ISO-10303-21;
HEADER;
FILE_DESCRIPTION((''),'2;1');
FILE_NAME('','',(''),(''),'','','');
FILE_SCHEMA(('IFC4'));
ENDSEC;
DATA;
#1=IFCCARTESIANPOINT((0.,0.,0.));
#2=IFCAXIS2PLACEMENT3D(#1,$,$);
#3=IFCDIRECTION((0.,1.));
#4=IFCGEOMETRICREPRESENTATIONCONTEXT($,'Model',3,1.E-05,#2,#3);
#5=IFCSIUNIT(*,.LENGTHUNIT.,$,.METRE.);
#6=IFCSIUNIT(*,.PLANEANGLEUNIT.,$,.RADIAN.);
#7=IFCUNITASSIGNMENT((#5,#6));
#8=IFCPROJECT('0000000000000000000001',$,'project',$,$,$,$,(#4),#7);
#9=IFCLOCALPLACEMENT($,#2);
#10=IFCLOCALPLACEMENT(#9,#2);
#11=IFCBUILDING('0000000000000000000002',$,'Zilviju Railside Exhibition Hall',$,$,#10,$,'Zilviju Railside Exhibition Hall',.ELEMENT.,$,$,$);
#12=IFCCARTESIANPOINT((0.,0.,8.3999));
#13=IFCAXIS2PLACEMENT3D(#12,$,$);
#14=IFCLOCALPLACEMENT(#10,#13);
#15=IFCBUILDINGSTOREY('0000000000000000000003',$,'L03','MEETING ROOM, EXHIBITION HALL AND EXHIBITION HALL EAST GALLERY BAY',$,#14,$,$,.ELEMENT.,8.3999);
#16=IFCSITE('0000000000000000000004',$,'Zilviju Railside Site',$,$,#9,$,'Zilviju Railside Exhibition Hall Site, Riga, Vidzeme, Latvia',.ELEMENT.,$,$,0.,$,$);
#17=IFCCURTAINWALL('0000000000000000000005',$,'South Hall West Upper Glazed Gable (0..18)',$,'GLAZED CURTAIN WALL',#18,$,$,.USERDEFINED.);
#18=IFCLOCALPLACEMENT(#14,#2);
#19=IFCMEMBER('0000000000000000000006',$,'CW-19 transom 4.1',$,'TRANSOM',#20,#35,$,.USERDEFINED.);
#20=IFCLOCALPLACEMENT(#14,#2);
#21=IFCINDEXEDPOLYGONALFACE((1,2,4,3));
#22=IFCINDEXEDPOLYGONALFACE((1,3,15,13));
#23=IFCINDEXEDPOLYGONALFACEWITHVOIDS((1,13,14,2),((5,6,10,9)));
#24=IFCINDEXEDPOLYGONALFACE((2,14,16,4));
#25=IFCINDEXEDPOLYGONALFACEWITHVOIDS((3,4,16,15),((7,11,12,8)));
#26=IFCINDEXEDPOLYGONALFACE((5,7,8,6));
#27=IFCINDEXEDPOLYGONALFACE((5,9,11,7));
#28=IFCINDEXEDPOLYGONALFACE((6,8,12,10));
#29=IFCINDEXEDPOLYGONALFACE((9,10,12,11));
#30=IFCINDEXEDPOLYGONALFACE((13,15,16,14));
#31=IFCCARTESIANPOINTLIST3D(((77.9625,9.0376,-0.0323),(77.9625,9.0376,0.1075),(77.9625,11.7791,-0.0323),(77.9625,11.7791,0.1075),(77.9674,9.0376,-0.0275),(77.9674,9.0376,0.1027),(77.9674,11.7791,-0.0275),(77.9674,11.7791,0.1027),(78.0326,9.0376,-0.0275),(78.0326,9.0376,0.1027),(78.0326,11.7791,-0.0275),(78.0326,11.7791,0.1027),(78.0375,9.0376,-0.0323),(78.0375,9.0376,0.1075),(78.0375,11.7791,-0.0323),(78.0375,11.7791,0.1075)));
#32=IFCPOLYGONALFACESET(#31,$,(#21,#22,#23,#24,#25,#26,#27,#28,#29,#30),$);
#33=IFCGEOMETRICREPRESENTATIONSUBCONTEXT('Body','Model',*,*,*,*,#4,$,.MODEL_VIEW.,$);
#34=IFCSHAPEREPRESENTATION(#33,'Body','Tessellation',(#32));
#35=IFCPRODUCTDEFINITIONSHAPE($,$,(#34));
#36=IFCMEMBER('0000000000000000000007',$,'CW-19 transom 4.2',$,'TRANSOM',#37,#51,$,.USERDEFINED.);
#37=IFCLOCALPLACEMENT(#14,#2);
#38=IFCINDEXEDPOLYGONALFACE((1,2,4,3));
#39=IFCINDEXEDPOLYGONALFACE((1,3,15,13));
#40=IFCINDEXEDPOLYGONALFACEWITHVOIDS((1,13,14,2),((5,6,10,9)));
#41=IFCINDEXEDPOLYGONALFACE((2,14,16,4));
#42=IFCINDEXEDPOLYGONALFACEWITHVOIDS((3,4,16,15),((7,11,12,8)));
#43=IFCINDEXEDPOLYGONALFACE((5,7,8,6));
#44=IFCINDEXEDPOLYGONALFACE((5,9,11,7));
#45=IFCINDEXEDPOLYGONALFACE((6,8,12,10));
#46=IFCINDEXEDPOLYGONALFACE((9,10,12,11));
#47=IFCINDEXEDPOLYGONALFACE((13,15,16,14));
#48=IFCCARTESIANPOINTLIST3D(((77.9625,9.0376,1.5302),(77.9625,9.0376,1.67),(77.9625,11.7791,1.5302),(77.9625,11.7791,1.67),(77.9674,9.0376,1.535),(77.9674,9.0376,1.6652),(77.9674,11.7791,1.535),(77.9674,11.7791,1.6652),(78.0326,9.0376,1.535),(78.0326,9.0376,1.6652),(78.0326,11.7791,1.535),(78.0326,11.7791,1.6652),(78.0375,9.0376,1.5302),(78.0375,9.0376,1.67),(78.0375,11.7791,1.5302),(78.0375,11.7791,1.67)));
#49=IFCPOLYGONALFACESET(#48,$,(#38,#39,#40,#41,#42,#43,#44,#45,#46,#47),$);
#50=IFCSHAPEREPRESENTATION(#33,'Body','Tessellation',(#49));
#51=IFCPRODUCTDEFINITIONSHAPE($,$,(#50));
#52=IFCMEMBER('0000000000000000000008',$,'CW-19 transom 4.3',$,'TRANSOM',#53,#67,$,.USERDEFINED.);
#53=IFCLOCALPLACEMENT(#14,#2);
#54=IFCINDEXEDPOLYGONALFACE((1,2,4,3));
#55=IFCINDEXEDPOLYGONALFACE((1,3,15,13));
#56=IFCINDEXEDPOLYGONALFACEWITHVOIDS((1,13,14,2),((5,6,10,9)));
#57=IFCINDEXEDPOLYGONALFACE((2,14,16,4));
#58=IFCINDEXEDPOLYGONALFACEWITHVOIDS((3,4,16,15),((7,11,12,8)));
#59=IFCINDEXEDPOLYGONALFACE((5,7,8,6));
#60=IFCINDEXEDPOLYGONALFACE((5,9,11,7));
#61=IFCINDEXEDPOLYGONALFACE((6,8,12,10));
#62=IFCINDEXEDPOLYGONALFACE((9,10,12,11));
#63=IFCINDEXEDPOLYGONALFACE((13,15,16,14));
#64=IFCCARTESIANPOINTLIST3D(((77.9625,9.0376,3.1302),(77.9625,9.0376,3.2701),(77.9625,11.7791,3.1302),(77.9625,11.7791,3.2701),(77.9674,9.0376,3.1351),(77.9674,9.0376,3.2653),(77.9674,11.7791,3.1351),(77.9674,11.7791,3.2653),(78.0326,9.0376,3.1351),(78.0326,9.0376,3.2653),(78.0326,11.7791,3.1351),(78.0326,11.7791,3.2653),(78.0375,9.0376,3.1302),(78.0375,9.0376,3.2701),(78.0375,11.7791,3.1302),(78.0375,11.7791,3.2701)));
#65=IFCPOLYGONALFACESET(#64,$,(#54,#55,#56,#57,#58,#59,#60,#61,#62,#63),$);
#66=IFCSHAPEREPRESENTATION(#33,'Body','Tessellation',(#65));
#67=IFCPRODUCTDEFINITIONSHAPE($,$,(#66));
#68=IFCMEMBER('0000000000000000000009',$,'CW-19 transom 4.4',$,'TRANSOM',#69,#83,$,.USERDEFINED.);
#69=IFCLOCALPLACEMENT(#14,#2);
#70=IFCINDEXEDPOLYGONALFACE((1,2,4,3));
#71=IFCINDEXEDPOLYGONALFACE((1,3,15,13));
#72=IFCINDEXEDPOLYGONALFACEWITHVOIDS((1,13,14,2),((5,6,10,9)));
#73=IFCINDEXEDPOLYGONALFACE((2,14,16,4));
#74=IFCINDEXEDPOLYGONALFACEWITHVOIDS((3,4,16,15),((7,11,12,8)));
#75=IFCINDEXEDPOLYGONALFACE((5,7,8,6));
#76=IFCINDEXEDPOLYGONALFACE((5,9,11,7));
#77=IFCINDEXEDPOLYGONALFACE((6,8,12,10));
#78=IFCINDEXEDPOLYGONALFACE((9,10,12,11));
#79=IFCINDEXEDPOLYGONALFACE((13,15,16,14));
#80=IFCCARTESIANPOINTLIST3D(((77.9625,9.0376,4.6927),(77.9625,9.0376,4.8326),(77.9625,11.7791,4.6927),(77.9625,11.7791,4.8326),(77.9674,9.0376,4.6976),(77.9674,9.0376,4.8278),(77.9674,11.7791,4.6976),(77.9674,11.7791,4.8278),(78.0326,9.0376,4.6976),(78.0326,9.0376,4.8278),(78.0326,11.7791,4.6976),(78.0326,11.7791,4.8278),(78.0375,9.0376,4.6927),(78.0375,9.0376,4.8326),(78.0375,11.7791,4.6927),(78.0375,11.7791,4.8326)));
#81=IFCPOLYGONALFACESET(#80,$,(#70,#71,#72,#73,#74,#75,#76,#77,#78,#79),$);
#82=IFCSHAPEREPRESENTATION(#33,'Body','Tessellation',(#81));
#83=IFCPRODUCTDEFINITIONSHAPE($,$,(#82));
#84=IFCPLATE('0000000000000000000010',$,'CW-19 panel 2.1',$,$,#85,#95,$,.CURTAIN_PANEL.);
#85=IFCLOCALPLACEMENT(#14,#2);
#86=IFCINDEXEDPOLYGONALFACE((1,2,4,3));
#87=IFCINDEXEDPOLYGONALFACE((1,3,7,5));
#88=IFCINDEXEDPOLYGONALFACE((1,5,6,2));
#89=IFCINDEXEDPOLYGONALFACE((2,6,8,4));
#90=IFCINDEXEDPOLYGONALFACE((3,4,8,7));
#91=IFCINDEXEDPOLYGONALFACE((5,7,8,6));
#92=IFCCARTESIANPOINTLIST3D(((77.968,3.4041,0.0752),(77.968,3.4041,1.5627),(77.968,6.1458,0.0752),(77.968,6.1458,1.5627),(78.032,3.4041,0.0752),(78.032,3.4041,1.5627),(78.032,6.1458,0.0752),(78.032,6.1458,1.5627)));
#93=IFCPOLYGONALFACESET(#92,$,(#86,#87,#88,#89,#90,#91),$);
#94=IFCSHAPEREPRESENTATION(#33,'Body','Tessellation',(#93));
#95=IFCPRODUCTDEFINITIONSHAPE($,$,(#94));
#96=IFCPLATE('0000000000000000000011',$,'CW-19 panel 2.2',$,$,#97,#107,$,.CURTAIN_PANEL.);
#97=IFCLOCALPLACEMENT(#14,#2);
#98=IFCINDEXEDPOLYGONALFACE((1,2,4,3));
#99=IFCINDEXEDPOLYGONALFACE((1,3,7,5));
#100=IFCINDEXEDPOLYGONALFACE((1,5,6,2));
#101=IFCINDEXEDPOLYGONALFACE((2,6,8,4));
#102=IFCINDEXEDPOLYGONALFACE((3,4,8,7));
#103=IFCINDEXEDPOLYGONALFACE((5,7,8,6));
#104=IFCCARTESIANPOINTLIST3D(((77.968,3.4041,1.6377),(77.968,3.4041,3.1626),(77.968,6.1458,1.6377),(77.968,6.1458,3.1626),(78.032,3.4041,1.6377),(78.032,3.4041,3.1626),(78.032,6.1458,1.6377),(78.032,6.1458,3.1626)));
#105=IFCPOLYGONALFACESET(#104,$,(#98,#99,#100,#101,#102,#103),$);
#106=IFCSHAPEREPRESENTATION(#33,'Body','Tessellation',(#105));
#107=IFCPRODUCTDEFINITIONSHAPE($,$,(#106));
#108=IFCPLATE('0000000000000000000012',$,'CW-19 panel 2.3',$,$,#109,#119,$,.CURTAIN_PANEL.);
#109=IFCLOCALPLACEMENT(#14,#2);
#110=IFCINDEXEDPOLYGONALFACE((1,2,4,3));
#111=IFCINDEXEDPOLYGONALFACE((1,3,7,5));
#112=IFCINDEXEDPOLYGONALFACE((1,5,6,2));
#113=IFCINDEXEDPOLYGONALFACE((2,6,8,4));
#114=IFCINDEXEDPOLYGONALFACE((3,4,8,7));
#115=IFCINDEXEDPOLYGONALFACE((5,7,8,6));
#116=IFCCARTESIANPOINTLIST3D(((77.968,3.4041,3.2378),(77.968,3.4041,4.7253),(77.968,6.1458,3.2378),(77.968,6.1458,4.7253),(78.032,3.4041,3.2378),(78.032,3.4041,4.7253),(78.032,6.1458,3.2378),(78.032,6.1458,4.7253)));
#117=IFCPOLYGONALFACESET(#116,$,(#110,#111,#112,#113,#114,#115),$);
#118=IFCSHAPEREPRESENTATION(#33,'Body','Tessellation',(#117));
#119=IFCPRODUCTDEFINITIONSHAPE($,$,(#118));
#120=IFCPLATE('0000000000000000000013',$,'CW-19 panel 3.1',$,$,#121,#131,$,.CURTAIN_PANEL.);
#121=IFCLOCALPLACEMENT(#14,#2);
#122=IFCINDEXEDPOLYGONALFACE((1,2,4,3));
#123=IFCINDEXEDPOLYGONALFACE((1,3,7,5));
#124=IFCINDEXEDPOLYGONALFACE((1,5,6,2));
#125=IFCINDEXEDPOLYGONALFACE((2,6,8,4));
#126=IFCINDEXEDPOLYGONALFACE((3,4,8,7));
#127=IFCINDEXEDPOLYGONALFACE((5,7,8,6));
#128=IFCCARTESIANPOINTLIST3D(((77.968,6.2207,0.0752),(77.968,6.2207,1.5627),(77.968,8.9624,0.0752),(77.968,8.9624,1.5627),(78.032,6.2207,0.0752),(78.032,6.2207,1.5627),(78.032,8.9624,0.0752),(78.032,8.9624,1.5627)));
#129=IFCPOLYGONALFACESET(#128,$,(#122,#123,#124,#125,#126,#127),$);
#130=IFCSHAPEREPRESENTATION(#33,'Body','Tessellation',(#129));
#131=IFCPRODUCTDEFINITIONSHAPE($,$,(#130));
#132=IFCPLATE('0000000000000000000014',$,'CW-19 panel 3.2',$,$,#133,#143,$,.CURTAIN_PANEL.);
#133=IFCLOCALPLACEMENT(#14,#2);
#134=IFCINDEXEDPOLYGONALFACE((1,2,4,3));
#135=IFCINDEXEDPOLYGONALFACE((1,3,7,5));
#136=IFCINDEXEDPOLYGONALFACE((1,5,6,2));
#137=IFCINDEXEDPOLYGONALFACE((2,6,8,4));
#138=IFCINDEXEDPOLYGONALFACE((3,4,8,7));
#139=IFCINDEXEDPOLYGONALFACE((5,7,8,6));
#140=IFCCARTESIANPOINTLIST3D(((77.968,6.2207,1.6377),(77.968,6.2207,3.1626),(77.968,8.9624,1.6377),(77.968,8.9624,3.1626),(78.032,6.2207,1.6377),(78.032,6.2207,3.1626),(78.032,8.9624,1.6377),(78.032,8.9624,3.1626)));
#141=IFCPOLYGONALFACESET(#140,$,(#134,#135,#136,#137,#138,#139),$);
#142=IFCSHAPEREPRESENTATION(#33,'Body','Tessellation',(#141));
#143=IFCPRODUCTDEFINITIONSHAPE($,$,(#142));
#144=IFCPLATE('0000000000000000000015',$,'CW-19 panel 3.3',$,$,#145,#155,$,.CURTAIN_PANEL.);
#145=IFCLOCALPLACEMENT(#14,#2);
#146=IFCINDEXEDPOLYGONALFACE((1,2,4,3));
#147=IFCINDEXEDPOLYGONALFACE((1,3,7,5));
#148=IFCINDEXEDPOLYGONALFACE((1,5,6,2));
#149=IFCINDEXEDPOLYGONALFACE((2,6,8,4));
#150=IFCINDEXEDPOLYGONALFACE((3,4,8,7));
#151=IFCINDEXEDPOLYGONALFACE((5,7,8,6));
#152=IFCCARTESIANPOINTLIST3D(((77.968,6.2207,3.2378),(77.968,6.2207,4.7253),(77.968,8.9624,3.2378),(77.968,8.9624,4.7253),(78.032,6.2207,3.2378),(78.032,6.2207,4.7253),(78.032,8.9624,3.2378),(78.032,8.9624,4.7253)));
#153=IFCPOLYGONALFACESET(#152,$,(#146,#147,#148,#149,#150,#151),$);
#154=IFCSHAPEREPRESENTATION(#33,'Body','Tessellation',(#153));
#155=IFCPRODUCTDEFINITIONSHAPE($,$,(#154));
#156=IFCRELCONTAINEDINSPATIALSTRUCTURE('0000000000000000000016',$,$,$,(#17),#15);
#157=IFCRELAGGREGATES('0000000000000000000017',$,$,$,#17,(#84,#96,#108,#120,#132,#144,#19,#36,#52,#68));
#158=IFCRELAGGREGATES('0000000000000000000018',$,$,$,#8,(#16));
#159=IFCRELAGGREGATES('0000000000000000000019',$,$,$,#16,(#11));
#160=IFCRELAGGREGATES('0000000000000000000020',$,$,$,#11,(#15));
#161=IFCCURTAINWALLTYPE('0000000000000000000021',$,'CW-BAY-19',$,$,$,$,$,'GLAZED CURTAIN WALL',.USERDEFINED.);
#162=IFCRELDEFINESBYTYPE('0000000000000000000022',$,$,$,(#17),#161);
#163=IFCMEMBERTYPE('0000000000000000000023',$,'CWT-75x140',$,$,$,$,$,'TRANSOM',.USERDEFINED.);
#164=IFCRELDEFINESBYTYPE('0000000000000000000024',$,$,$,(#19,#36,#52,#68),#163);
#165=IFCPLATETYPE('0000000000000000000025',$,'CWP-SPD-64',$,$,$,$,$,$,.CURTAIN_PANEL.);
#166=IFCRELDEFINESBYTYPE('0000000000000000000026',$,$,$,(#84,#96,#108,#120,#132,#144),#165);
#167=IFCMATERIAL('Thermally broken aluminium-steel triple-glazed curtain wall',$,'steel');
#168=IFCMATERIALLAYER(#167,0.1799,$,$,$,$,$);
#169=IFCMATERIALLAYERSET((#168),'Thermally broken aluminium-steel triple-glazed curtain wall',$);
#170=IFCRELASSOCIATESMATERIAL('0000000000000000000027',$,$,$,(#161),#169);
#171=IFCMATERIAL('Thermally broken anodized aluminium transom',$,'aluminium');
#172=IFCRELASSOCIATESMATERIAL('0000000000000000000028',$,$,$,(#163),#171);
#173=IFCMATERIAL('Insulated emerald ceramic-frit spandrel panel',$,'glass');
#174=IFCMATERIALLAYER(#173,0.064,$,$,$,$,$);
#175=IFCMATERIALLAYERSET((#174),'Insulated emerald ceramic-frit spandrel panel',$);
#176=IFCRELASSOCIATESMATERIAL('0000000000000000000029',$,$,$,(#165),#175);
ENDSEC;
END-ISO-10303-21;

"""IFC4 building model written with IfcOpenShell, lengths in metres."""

from ifc_helpers import new_model, si_unit, direction, frame, origin, origin_2d, place, context, subcontext, project, spatial, rectangle, hollow_rectangle, extrude, material, layer, layer_set, material_profile, profile_set, type_object, element, aggregate, save


model = new_model("IFC4")

# Units and contexts
model_context = context("Model", 3, precision=1e-05, world=origin(), true_north=direction((0.0, 1.0)))
body_context = subcontext(model_context, "Body", "Model", "MODEL_VIEW")
ifc_project = project(units=[si_unit("LENGTHUNIT", "METRE"), si_unit("PLANEANGLEUNIT", "RADIAN")], contexts=[model_context])

# Site, building, storey
site_placement = place(None, origin())
site = spatial("IfcSite", under=ifc_project, at=site_placement, Name="Zilviju Railside Site", LongName="Zilviju Railside Exhibition Hall Site, Riga, Vidzeme, Latvia", CompositionType="ELEMENT", RefElevation=0.0)
building_placement = place(site_placement, origin())
building = spatial("IfcBuilding", under=site, at=building_placement, Name="Zilviju Railside Exhibition Hall", LongName="Zilviju Railside Exhibition Hall", CompositionType="ELEMENT")
storey_placement = place(building_placement, frame((0.0, 0.0, 8.3999)))
storey = spatial("IfcBuildingStorey", under=building, at=storey_placement, Name="L03", Description="MEETING ROOM, EXHIBITION HALL AND EXHIBITION HALL EAST GALLERY BAY", CompositionType="ELEMENT", Elevation=8.3999)

# Curtain wall, members, plates
ifc_material_1 = material(Name="Thermally broken aluminium-steel triple-glazed curtain wall", Category="steel")
ifc_layer_1 = layer(ifc_material_1, 0.1799)
ifc_layer_set_1 = layer_set([ifc_layer_1], Name="Thermally broken aluminium-steel triple-glazed curtain wall")
curtain_wall_type = type_object("IfcCurtainWallType", Name="CW-BAY-19", ElementType="GLAZED CURTAIN WALL", PredefinedType="USERDEFINED", material=ifc_layer_set_1)
curtain_wall_placement = place(storey_placement, origin())
curtain_wall = element("IfcCurtainWall", 1, at=curtain_wall_placement, inside=storey, type_object=curtain_wall_type, Name="South Hall West Upper Glazed Gable (0..18)", ObjectType="GLAZED CURTAIN WALL", PredefinedType="USERDEFINED")
ifc_material_2 = material(Name="Thermally broken anodized aluminium transom", Category="aluminium")
ifc_material_profile_1 = material_profile(ifc_material_2, hollow_rectangle(XDim=0.075, YDim=0.1399, WallThickness=0.0049, at=origin_2d()), Name="TRANSOM 140x75x5")
ifc_profile_set_1 = profile_set([ifc_material_profile_1], Name="Thermally broken anodized aluminium transom")
member_type_1 = type_object("IfcMemberType", Name="CWT-75x140", ElementType="TRANSOM", PredefinedType="USERDEFINED", material=ifc_profile_set_1)
member_1_placement = place(storey_placement, frame((78.0, 9.0376, 0.0376), z_axis=(0.0, 1.0, 0.0), x_axis=(-1.0, 0.0, 0.0)))
member_1 = element("IfcMember", 2, at=member_1_placement, type_object=member_type_1, Name="CW-19 transom 4.1", ObjectType="TRANSOM", PredefinedType="USERDEFINED", context=body_context, shape_type="SweptSolid", body=[
    extrude(hollow_rectangle(XDim=0.075, YDim=0.1399, WallThickness=0.0049, at=origin_2d()), origin(), (0.0, 0.0, 1.0), 2.7415),
])
member_2_placement = place(storey_placement, frame((78.0, 9.0376, 1.6001), z_axis=(0.0, 1.0, 0.0), x_axis=(-1.0, 0.0, 0.0)))
member_2 = element("IfcMember", 3, at=member_2_placement, type_object=member_type_1, Name="CW-19 transom 4.2", ObjectType="TRANSOM", PredefinedType="USERDEFINED", context=body_context, shape_type="SweptSolid", body=[
    extrude(hollow_rectangle(XDim=0.075, YDim=0.1399, WallThickness=0.0049, at=origin_2d()), origin(), (0.0, 0.0, 1.0), 2.7415),
])
member_3_placement = place(storey_placement, frame((78.0, 9.0376, 3.2002), z_axis=(0.0, 1.0, 0.0), x_axis=(-1.0, 0.0, 0.0)))
member_3 = element("IfcMember", 4, at=member_3_placement, type_object=member_type_1, Name="CW-19 transom 4.3", ObjectType="TRANSOM", PredefinedType="USERDEFINED", context=body_context, shape_type="SweptSolid", body=[
    extrude(hollow_rectangle(XDim=0.075, YDim=0.1399, WallThickness=0.0049, at=origin_2d()), origin(), (0.0, 0.0, 1.0), 2.7415),
])
member_4_placement = place(storey_placement, frame((78.0, 9.0376, 4.7627), z_axis=(0.0, 1.0, 0.0), x_axis=(-1.0, 0.0, 0.0)))
member_4 = element("IfcMember", 5, at=member_4_placement, type_object=member_type_1, Name="CW-19 transom 4.4", ObjectType="TRANSOM", PredefinedType="USERDEFINED", context=body_context, shape_type="SweptSolid", body=[
    extrude(hollow_rectangle(XDim=0.075, YDim=0.1399, WallThickness=0.0049, at=origin_2d()), origin(), (0.0, 0.0, 1.0), 2.7415),
])
ifc_material_3 = material(Name="Insulated emerald ceramic-frit spandrel panel", Category="glass")
ifc_layer_2 = layer(ifc_material_3, 0.064)
ifc_layer_set_2 = layer_set([ifc_layer_2], Name="Insulated emerald ceramic-frit spandrel panel")
plate_type = type_object("IfcPlateType", Name="CWP-SPD-64", PredefinedType="CURTAIN_PANEL", material=ifc_layer_set_2)
plate_1_placement = place(storey_placement, frame((78.0, 4.7749, 0.0752), z_axis=(0.0, 0.0, 1.0), x_axis=(0.0, 1.0, 0.0)))
plate_1 = element("IfcPlate", 6, at=plate_1_placement, type_object=plate_type, Name="CW-19 panel 2.1", PredefinedType="CURTAIN_PANEL", context=body_context, shape_type="SweptSolid", body=[
    extrude(rectangle(XDim=2.7417, YDim=0.064, at=origin_2d()), origin(), (0.0, 0.0, 1.0), 1.4875),
])
plate_2_placement = place(storey_placement, frame((78.0, 4.7749, 1.6377), z_axis=(0.0, 0.0, 1.0), x_axis=(0.0, 1.0, 0.0)))
plate_2 = element("IfcPlate", 7, at=plate_2_placement, type_object=plate_type, Name="CW-19 panel 2.2", PredefinedType="CURTAIN_PANEL", context=body_context, shape_type="SweptSolid", body=[
    extrude(rectangle(XDim=2.7417, YDim=0.064, at=origin_2d()), origin(), (0.0, 0.0, 1.0), 1.5249),
])
plate_3_placement = place(storey_placement, frame((78.0, 4.7749, 3.2378), z_axis=(0.0, 0.0, 1.0), x_axis=(0.0, 1.0, 0.0)))
plate_3 = element("IfcPlate", 8, at=plate_3_placement, type_object=plate_type, Name="CW-19 panel 2.3", PredefinedType="CURTAIN_PANEL", context=body_context, shape_type="SweptSolid", body=[
    extrude(rectangle(XDim=2.7417, YDim=0.064, at=origin_2d()), origin(), (0.0, 0.0, 1.0), 1.4875),
])
plate_4_placement = place(storey_placement, frame((78.0, 7.5916, 0.0752), z_axis=(0.0, 0.0, 1.0), x_axis=(0.0, 1.0, 0.0)))
plate_4 = element("IfcPlate", 9, at=plate_4_placement, type_object=plate_type, Name="CW-19 panel 3.1", PredefinedType="CURTAIN_PANEL", context=body_context, shape_type="SweptSolid", body=[
    extrude(rectangle(XDim=2.7417, YDim=0.064, at=origin_2d()), origin(), (0.0, 0.0, 1.0), 1.4875),
])
plate_5_placement = place(storey_placement, frame((78.0, 7.5916, 1.6377), z_axis=(0.0, 0.0, 1.0), x_axis=(0.0, 1.0, 0.0)))
plate_5 = element("IfcPlate", 10, at=plate_5_placement, type_object=plate_type, Name="CW-19 panel 3.2", PredefinedType="CURTAIN_PANEL", context=body_context, shape_type="SweptSolid", body=[
    extrude(rectangle(XDim=2.7417, YDim=0.064, at=origin_2d()), origin(), (0.0, 0.0, 1.0), 1.5249),
])
plate_6_placement = place(storey_placement, frame((78.0, 7.5916, 3.2378), z_axis=(0.0, 0.0, 1.0), x_axis=(0.0, 1.0, 0.0)))
plate_6 = element("IfcPlate", 11, at=plate_6_placement, type_object=plate_type, Name="CW-19 panel 3.3", PredefinedType="CURTAIN_PANEL", context=body_context, shape_type="SweptSolid", body=[
    extrude(rectangle(XDim=2.7417, YDim=0.064, at=origin_2d()), origin(), (0.0, 0.0, 1.0), 1.4875),
])
aggregate(curtain_wall, [plate_1, plate_2, plate_3, plate_4, plate_5, plate_6, member_1, member_2, member_3, member_4])

save(model, "model.ifc")
